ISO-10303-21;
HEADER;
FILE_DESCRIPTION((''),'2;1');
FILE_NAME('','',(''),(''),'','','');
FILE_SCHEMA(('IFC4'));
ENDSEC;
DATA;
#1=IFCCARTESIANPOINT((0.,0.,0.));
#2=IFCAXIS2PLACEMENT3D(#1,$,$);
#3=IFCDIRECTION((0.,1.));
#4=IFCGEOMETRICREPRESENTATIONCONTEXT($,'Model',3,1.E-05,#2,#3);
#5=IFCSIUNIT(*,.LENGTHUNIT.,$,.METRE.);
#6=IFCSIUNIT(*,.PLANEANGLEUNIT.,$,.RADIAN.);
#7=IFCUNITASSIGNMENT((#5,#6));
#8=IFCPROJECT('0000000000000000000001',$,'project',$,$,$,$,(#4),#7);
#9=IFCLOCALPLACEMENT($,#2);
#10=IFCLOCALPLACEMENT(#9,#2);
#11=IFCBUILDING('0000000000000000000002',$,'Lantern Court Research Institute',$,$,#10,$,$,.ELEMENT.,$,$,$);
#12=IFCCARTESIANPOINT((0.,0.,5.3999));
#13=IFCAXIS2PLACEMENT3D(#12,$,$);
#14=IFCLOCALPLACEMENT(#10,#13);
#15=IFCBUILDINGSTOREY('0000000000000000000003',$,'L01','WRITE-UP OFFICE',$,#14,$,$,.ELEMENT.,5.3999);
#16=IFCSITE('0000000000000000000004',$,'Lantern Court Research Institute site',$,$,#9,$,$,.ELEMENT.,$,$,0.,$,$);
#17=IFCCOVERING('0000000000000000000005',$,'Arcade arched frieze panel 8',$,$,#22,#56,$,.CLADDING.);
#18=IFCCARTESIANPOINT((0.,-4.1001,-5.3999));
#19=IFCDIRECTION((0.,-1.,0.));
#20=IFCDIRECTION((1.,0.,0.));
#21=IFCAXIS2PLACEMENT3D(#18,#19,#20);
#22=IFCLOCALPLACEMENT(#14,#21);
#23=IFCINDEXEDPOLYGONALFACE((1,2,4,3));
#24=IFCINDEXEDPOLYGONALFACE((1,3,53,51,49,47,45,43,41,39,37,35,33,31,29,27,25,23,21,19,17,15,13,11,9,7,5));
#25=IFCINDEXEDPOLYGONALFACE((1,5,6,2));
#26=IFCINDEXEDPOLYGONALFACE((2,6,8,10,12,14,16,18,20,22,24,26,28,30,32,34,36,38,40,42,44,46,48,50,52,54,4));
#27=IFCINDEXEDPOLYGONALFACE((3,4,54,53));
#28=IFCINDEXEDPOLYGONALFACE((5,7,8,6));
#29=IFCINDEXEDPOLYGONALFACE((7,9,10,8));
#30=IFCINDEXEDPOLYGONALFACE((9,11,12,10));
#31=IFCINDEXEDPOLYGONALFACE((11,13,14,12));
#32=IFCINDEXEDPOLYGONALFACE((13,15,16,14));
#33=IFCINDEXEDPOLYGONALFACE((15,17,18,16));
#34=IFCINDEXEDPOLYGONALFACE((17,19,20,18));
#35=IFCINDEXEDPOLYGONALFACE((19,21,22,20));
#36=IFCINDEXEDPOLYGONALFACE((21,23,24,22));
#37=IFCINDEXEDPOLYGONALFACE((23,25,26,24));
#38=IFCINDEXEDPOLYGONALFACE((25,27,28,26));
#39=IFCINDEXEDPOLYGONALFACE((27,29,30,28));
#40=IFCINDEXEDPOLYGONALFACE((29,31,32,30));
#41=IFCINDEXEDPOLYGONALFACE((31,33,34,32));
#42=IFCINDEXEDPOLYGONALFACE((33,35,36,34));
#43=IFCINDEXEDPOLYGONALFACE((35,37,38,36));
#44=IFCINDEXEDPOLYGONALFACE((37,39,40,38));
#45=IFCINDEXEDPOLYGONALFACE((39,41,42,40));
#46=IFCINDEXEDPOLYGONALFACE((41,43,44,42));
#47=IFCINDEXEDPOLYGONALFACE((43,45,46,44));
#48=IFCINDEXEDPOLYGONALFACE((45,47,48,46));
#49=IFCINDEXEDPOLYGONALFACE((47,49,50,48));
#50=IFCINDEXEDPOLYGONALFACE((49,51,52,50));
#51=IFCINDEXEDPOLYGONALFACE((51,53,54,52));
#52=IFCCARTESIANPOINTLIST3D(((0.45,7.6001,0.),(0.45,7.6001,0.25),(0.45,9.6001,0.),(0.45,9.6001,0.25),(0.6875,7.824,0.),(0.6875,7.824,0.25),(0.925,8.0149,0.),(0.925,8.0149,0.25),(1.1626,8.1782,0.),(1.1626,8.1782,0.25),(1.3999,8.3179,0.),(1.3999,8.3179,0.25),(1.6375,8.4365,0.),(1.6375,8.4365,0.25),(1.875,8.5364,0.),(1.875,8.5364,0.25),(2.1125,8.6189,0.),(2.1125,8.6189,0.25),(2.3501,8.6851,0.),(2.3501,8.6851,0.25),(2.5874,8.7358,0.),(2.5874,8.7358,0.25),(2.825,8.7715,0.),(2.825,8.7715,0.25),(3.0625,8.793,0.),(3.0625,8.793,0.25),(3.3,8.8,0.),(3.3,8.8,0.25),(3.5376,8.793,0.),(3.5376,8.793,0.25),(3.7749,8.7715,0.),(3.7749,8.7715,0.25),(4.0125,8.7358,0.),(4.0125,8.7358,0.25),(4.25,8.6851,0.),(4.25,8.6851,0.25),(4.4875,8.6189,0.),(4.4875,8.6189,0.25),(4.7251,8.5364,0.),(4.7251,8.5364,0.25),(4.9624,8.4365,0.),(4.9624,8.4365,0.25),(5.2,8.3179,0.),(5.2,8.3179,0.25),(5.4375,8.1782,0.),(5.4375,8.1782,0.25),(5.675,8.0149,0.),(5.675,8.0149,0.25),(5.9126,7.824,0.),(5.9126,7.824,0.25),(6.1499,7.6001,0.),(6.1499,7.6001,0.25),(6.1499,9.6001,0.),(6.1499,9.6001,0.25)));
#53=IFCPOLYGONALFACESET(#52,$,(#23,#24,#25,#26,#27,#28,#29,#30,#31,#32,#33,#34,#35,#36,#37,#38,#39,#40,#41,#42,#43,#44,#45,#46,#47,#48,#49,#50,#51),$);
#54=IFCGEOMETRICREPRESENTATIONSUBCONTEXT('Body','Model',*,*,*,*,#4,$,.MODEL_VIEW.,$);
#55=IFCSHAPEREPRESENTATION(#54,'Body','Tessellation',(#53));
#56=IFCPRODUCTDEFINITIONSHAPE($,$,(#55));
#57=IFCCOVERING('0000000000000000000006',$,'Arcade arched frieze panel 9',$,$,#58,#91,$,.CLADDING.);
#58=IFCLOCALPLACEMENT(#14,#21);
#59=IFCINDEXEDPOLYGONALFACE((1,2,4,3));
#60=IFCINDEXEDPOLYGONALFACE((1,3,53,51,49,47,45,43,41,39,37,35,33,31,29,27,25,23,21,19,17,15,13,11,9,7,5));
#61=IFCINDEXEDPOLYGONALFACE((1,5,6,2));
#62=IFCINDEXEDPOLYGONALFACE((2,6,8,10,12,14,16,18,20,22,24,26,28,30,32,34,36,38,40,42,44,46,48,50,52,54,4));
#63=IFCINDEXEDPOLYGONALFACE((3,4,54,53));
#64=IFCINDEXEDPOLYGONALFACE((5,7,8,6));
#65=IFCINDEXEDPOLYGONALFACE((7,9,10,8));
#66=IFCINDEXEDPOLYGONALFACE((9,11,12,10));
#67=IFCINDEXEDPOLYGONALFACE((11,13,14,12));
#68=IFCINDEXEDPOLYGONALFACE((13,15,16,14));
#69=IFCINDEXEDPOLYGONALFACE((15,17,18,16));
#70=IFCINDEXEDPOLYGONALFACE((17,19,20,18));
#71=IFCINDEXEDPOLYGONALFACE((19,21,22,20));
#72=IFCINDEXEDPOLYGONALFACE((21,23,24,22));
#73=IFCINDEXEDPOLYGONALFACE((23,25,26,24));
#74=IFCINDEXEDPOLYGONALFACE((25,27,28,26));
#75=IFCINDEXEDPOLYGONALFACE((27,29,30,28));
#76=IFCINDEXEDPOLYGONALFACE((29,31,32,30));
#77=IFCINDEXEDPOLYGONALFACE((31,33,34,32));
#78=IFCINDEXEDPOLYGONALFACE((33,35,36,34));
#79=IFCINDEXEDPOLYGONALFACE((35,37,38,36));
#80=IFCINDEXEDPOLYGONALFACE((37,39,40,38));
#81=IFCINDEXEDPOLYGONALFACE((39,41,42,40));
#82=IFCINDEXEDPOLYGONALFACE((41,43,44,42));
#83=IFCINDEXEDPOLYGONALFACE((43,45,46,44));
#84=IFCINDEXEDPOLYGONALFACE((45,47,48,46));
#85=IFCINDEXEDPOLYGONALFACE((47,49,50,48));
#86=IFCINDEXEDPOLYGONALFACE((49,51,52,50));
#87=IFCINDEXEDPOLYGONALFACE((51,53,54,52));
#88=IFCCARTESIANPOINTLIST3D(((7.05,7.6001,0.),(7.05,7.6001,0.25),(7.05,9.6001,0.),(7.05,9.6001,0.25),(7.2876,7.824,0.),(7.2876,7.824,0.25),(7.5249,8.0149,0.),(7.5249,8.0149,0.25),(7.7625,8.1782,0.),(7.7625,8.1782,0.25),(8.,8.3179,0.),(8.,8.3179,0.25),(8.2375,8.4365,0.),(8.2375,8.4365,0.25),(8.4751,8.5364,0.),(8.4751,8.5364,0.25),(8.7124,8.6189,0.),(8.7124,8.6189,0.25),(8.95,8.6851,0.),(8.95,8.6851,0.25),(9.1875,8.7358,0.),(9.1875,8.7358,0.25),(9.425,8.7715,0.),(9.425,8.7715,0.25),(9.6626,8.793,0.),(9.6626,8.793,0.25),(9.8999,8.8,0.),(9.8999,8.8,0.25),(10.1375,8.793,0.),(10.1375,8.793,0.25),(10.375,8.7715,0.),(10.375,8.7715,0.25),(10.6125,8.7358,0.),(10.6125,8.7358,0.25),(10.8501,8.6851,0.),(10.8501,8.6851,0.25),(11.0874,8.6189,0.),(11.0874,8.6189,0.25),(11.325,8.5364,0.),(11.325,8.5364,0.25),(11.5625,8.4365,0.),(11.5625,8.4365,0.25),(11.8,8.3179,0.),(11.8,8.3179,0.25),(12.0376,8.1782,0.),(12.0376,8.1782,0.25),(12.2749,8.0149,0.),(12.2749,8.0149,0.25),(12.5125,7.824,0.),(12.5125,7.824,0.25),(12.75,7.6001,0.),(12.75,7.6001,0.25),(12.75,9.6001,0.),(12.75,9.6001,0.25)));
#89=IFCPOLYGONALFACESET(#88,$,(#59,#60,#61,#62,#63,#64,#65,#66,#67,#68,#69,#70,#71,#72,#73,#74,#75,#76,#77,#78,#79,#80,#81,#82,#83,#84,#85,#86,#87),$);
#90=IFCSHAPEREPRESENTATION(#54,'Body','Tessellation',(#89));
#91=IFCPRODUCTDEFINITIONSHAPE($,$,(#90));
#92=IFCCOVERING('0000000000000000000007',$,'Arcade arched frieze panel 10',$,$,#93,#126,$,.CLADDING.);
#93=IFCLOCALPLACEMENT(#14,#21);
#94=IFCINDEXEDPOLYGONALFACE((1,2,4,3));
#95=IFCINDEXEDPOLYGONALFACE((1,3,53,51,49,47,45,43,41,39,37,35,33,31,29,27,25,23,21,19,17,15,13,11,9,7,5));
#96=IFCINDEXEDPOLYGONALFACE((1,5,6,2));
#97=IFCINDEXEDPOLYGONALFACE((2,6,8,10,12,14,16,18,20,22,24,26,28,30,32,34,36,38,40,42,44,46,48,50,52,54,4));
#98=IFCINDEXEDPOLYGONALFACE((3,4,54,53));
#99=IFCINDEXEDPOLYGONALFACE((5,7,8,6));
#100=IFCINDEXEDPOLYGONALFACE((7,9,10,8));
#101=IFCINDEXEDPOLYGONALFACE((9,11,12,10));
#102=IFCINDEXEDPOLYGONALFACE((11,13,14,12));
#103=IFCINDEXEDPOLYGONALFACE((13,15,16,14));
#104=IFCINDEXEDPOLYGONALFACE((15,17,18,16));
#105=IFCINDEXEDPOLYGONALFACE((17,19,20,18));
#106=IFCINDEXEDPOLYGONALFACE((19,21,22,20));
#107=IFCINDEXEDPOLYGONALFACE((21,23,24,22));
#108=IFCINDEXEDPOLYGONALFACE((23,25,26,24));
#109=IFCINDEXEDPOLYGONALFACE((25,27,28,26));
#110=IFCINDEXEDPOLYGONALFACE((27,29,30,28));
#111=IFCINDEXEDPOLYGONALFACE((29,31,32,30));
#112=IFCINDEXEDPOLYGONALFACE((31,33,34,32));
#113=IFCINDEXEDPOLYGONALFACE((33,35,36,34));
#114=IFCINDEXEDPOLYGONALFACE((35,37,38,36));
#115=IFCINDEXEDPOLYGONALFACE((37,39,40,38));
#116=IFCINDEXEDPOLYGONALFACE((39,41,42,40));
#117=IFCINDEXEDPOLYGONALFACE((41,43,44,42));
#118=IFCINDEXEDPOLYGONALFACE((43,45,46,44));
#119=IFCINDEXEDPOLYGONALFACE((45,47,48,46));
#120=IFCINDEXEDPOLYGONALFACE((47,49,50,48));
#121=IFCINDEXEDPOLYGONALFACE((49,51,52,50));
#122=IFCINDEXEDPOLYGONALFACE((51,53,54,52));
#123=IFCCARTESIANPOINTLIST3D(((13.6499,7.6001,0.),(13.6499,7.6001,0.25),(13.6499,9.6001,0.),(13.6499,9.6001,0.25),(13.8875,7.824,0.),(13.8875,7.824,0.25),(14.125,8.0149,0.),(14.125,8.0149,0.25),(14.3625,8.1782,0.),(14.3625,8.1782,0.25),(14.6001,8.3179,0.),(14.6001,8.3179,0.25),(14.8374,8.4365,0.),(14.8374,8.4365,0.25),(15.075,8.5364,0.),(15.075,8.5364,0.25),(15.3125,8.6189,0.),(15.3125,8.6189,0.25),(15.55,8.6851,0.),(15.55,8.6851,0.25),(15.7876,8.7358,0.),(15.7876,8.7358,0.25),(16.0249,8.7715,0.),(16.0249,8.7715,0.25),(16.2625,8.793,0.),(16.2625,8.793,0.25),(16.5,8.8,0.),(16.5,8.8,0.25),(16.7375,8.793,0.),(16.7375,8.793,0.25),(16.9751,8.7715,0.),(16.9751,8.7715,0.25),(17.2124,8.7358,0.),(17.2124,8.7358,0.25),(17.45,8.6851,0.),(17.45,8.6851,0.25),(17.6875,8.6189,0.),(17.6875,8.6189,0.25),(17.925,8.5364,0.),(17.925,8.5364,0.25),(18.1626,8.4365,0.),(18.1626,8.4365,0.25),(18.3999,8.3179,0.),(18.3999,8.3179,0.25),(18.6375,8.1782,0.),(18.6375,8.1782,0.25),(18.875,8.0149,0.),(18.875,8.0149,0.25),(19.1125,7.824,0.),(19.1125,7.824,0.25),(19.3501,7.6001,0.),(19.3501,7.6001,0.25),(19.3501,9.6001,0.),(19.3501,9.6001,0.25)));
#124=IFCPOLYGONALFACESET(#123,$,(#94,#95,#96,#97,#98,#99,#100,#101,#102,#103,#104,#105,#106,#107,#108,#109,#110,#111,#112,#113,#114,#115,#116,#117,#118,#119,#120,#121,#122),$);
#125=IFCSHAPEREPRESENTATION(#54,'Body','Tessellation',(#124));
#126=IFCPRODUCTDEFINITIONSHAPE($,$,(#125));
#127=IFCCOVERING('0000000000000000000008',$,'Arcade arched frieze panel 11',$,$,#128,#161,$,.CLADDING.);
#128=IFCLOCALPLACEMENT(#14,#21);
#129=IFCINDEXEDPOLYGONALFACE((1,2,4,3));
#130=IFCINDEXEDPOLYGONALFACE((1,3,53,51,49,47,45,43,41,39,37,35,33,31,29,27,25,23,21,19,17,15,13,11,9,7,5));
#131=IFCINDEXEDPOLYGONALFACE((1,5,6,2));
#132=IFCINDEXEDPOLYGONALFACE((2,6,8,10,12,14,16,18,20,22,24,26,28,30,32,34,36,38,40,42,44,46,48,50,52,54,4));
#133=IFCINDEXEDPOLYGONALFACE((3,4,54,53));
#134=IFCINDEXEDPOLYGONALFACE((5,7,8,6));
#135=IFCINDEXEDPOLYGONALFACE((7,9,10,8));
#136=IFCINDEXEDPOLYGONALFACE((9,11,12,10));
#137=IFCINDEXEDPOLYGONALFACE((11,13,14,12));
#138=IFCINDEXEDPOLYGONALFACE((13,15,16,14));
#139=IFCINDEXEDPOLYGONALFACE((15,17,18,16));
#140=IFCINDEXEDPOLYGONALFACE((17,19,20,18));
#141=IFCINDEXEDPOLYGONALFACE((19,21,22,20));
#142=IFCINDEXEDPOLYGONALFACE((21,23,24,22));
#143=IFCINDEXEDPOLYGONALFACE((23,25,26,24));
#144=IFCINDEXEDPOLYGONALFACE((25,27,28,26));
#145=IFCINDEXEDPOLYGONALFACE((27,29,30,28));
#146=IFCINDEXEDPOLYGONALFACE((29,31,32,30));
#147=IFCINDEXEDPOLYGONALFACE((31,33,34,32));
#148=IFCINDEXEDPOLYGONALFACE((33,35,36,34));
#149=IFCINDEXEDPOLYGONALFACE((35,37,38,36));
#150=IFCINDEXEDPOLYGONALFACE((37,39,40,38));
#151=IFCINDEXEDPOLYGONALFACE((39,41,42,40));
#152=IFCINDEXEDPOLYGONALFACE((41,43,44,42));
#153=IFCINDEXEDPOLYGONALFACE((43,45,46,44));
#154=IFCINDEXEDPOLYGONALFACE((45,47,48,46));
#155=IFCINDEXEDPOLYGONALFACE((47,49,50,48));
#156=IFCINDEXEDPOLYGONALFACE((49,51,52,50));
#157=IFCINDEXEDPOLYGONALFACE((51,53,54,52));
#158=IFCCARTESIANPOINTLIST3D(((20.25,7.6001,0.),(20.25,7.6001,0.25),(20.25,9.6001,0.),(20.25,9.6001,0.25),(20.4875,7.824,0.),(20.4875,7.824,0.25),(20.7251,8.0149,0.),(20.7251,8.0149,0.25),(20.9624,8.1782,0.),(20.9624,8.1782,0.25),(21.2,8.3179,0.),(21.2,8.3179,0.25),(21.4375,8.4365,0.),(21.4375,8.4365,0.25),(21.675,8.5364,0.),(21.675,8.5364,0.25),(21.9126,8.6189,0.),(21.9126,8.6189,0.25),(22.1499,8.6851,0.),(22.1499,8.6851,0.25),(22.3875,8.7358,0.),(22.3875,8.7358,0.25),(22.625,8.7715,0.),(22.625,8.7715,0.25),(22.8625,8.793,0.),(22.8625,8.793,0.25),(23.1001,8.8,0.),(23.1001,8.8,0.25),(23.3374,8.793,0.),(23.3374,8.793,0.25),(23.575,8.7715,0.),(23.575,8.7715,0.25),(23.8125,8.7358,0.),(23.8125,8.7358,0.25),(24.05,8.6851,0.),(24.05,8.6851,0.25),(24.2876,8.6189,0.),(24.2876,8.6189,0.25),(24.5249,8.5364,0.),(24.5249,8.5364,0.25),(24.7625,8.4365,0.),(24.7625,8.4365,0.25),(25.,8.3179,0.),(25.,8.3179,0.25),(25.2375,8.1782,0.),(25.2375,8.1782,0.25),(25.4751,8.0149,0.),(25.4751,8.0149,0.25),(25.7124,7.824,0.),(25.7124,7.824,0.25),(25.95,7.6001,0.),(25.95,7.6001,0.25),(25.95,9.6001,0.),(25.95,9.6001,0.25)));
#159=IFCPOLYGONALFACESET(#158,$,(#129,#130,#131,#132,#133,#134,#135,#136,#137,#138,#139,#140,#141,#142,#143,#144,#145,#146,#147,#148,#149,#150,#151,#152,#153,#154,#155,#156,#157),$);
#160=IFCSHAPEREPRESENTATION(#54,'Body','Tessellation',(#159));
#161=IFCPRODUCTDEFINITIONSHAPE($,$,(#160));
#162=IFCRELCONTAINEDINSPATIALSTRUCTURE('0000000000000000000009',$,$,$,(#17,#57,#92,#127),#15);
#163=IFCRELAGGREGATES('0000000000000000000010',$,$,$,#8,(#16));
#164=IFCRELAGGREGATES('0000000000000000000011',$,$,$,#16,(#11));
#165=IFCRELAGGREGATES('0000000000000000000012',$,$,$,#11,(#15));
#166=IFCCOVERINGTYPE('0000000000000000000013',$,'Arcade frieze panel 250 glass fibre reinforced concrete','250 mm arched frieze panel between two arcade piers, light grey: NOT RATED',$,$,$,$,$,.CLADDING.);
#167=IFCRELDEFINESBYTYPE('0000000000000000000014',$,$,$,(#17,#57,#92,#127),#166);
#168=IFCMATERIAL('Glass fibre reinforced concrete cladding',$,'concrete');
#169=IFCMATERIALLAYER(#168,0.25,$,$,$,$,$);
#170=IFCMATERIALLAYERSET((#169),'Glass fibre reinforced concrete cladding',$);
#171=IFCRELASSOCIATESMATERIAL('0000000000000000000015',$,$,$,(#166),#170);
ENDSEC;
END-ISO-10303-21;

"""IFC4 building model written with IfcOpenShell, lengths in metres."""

from ifc_helpers import new_model, si_unit, direction, frame, origin, place, context, subcontext, project, spatial, polyline, outline, extrude, material, layer, layer_set, type_object, element, save


model = new_model("IFC4")

# Units and contexts
model_context = context("Model", 3, precision=1e-05, world=origin(), true_north=direction((0.0, 1.0)))
body_context = subcontext(model_context, "Body", "Model", "MODEL_VIEW")
ifc_project = project(units=[si_unit("LENGTHUNIT", "METRE"), si_unit("PLANEANGLEUNIT", "RADIAN")], contexts=[model_context])

# Site, building, storey
site_placement = place(None, origin())
site = spatial("IfcSite", under=ifc_project, at=site_placement, Name="Lantern Court Research Institute site", CompositionType="ELEMENT", RefElevation=0.0)
building_placement = place(site_placement, origin())
building = spatial("IfcBuilding", under=site, at=building_placement, Name="Lantern Court Research Institute", CompositionType="ELEMENT")
storey_placement = place(building_placement, frame((0.0, 0.0, 5.3999)))
storey = spatial("IfcBuildingStorey", under=building, at=storey_placement, Name="L01", Description="WRITE-UP OFFICE", CompositionType="ELEMENT", Elevation=5.3999)

# Coverings
ifc_material_1 = material(Name="Glass fibre reinforced concrete cladding", Category="concrete")
ifc_layer_1 = layer(ifc_material_1, 0.25)
ifc_layer_set_1 = layer_set([ifc_layer_1], Name="Glass fibre reinforced concrete cladding")
covering_type = type_object("IfcCoveringType", Name="Arcade frieze panel 250 glass fibre reinforced concrete", Description="250 mm arched frieze panel between two arcade piers, light grey: NOT RATED", PredefinedType="CLADDING", material=ifc_layer_set_1)
covering_1_placement = place(storey_placement, frame((0.0, -4.1001, -5.3999), z_axis=(0.0, -1.0, 0.0), x_axis=(1.0, 0.0, 0.0)))
element("IfcCovering", 1, at=covering_1_placement, inside=storey, type_object=covering_type, Name="Arcade arched frieze panel 8", PredefinedType="CLADDING", context=body_context, shape_type="SweptSolid", body=[
    extrude(outline(polyline([(0.45, 9.6001), (0.45, 7.6001), (0.6875, 7.824), (0.925, 8.0149), (1.1626, 8.1782), (1.3999, 8.3179), (1.6375, 8.4365), (1.875, 8.5364), (2.1125, 8.6189), (2.3501, 8.6851), (2.5874, 8.7358), (2.825, 8.7715), (3.0625, 8.793), (3.3, 8.8), (3.5376, 8.793), (3.7749, 8.7715), (4.0125, 8.7358), (4.25, 8.6851), (4.4875, 8.6189), (4.7251, 8.5364), (4.9624, 8.4365), (5.2, 8.3179), (5.4375, 8.1782), (5.675, 8.0149), (5.9126, 7.824), (6.1499, 7.6001), (6.1499, 9.6001), (0.45, 9.6001)])), origin(), (0.0, 0.0, 1.0), 0.25),
])
covering_2_placement = place(storey_placement, frame((0.0, -4.1001, -5.3999), z_axis=(0.0, -1.0, 0.0), x_axis=(1.0, 0.0, 0.0)))
element("IfcCovering", 2, at=covering_2_placement, inside=storey, type_object=covering_type, Name="Arcade arched frieze panel 9", PredefinedType="CLADDING", context=body_context, shape_type="SweptSolid", body=[
    extrude(outline(polyline([(7.05, 9.6001), (7.05, 7.6001), (7.2876, 7.824), (7.5249, 8.0149), (7.7625, 8.1782), (8.0, 8.3179), (8.2375, 8.4365), (8.4751, 8.5364), (8.7124, 8.6189), (8.95, 8.6851), (9.1875, 8.7358), (9.425, 8.7715), (9.6626, 8.793), (9.8999, 8.8), (10.1375, 8.793), (10.375, 8.7715), (10.6125, 8.7358), (10.8501, 8.6851), (11.0874, 8.6189), (11.325, 8.5364), (11.5625, 8.4365), (11.8, 8.3179), (12.0376, 8.1782), (12.2749, 8.0149), (12.5125, 7.824), (12.75, 7.6001), (12.75, 9.6001), (7.05, 9.6001)])), origin(), (0.0, 0.0, 1.0), 0.25),
])
covering_3_placement = place(storey_placement, frame((0.0, -4.1001, -5.3999), z_axis=(0.0, -1.0, 0.0), x_axis=(1.0, 0.0, 0.0)))
element("IfcCovering", 3, at=covering_3_placement, inside=storey, type_object=covering_type, Name="Arcade arched frieze panel 10", PredefinedType="CLADDING", context=body_context, shape_type="SweptSolid", body=[
    extrude(outline(polyline([(13.6499, 9.6001), (13.6499, 7.6001), (13.8875, 7.824), (14.125, 8.0149), (14.3625, 8.1782), (14.6001, 8.3179), (14.8374, 8.4365), (15.075, 8.5364), (15.3125, 8.6189), (15.55, 8.6851), (15.7876, 8.7358), (16.0249, 8.7715), (16.2625, 8.793), (16.5, 8.8), (16.7375, 8.793), (16.9751, 8.7715), (17.2124, 8.7358), (17.45, 8.6851), (17.6875, 8.6189), (17.925, 8.5364), (18.1626, 8.4365), (18.3999, 8.3179), (18.6375, 8.1782), (18.875, 8.0149), (19.1125, 7.824), (19.3501, 7.6001), (19.3501, 9.6001), (13.6499, 9.6001)])), origin(), (0.0, 0.0, 1.0), 0.25),
])
covering_4_placement = place(storey_placement, frame((0.0, -4.1001, -5.3999), z_axis=(0.0, -1.0, 0.0), x_axis=(1.0, 0.0, 0.0)))
element("IfcCovering", 4, at=covering_4_placement, inside=storey, type_object=covering_type, Name="Arcade arched frieze panel 11", PredefinedType="CLADDING", context=body_context, shape_type="SweptSolid", body=[
    extrude(outline(polyline([(20.25, 9.6001), (20.25, 7.6001), (20.4875, 7.824), (20.7251, 8.0149), (20.9624, 8.1782), (21.2, 8.3179), (21.4375, 8.4365), (21.675, 8.5364), (21.9126, 8.6189), (22.1499, 8.6851), (22.3875, 8.7358), (22.625, 8.7715), (22.8625, 8.793), (23.1001, 8.8), (23.3374, 8.793), (23.575, 8.7715), (23.8125, 8.7358), (24.05, 8.6851), (24.2876, 8.6189), (24.5249, 8.5364), (24.7625, 8.4365), (25.0, 8.3179), (25.2375, 8.1782), (25.4751, 8.0149), (25.7124, 7.824), (25.95, 7.6001), (25.95, 9.6001), (20.25, 9.6001)])), origin(), (0.0, 0.0, 1.0), 0.25),
])

save(model, "model.ifc")
